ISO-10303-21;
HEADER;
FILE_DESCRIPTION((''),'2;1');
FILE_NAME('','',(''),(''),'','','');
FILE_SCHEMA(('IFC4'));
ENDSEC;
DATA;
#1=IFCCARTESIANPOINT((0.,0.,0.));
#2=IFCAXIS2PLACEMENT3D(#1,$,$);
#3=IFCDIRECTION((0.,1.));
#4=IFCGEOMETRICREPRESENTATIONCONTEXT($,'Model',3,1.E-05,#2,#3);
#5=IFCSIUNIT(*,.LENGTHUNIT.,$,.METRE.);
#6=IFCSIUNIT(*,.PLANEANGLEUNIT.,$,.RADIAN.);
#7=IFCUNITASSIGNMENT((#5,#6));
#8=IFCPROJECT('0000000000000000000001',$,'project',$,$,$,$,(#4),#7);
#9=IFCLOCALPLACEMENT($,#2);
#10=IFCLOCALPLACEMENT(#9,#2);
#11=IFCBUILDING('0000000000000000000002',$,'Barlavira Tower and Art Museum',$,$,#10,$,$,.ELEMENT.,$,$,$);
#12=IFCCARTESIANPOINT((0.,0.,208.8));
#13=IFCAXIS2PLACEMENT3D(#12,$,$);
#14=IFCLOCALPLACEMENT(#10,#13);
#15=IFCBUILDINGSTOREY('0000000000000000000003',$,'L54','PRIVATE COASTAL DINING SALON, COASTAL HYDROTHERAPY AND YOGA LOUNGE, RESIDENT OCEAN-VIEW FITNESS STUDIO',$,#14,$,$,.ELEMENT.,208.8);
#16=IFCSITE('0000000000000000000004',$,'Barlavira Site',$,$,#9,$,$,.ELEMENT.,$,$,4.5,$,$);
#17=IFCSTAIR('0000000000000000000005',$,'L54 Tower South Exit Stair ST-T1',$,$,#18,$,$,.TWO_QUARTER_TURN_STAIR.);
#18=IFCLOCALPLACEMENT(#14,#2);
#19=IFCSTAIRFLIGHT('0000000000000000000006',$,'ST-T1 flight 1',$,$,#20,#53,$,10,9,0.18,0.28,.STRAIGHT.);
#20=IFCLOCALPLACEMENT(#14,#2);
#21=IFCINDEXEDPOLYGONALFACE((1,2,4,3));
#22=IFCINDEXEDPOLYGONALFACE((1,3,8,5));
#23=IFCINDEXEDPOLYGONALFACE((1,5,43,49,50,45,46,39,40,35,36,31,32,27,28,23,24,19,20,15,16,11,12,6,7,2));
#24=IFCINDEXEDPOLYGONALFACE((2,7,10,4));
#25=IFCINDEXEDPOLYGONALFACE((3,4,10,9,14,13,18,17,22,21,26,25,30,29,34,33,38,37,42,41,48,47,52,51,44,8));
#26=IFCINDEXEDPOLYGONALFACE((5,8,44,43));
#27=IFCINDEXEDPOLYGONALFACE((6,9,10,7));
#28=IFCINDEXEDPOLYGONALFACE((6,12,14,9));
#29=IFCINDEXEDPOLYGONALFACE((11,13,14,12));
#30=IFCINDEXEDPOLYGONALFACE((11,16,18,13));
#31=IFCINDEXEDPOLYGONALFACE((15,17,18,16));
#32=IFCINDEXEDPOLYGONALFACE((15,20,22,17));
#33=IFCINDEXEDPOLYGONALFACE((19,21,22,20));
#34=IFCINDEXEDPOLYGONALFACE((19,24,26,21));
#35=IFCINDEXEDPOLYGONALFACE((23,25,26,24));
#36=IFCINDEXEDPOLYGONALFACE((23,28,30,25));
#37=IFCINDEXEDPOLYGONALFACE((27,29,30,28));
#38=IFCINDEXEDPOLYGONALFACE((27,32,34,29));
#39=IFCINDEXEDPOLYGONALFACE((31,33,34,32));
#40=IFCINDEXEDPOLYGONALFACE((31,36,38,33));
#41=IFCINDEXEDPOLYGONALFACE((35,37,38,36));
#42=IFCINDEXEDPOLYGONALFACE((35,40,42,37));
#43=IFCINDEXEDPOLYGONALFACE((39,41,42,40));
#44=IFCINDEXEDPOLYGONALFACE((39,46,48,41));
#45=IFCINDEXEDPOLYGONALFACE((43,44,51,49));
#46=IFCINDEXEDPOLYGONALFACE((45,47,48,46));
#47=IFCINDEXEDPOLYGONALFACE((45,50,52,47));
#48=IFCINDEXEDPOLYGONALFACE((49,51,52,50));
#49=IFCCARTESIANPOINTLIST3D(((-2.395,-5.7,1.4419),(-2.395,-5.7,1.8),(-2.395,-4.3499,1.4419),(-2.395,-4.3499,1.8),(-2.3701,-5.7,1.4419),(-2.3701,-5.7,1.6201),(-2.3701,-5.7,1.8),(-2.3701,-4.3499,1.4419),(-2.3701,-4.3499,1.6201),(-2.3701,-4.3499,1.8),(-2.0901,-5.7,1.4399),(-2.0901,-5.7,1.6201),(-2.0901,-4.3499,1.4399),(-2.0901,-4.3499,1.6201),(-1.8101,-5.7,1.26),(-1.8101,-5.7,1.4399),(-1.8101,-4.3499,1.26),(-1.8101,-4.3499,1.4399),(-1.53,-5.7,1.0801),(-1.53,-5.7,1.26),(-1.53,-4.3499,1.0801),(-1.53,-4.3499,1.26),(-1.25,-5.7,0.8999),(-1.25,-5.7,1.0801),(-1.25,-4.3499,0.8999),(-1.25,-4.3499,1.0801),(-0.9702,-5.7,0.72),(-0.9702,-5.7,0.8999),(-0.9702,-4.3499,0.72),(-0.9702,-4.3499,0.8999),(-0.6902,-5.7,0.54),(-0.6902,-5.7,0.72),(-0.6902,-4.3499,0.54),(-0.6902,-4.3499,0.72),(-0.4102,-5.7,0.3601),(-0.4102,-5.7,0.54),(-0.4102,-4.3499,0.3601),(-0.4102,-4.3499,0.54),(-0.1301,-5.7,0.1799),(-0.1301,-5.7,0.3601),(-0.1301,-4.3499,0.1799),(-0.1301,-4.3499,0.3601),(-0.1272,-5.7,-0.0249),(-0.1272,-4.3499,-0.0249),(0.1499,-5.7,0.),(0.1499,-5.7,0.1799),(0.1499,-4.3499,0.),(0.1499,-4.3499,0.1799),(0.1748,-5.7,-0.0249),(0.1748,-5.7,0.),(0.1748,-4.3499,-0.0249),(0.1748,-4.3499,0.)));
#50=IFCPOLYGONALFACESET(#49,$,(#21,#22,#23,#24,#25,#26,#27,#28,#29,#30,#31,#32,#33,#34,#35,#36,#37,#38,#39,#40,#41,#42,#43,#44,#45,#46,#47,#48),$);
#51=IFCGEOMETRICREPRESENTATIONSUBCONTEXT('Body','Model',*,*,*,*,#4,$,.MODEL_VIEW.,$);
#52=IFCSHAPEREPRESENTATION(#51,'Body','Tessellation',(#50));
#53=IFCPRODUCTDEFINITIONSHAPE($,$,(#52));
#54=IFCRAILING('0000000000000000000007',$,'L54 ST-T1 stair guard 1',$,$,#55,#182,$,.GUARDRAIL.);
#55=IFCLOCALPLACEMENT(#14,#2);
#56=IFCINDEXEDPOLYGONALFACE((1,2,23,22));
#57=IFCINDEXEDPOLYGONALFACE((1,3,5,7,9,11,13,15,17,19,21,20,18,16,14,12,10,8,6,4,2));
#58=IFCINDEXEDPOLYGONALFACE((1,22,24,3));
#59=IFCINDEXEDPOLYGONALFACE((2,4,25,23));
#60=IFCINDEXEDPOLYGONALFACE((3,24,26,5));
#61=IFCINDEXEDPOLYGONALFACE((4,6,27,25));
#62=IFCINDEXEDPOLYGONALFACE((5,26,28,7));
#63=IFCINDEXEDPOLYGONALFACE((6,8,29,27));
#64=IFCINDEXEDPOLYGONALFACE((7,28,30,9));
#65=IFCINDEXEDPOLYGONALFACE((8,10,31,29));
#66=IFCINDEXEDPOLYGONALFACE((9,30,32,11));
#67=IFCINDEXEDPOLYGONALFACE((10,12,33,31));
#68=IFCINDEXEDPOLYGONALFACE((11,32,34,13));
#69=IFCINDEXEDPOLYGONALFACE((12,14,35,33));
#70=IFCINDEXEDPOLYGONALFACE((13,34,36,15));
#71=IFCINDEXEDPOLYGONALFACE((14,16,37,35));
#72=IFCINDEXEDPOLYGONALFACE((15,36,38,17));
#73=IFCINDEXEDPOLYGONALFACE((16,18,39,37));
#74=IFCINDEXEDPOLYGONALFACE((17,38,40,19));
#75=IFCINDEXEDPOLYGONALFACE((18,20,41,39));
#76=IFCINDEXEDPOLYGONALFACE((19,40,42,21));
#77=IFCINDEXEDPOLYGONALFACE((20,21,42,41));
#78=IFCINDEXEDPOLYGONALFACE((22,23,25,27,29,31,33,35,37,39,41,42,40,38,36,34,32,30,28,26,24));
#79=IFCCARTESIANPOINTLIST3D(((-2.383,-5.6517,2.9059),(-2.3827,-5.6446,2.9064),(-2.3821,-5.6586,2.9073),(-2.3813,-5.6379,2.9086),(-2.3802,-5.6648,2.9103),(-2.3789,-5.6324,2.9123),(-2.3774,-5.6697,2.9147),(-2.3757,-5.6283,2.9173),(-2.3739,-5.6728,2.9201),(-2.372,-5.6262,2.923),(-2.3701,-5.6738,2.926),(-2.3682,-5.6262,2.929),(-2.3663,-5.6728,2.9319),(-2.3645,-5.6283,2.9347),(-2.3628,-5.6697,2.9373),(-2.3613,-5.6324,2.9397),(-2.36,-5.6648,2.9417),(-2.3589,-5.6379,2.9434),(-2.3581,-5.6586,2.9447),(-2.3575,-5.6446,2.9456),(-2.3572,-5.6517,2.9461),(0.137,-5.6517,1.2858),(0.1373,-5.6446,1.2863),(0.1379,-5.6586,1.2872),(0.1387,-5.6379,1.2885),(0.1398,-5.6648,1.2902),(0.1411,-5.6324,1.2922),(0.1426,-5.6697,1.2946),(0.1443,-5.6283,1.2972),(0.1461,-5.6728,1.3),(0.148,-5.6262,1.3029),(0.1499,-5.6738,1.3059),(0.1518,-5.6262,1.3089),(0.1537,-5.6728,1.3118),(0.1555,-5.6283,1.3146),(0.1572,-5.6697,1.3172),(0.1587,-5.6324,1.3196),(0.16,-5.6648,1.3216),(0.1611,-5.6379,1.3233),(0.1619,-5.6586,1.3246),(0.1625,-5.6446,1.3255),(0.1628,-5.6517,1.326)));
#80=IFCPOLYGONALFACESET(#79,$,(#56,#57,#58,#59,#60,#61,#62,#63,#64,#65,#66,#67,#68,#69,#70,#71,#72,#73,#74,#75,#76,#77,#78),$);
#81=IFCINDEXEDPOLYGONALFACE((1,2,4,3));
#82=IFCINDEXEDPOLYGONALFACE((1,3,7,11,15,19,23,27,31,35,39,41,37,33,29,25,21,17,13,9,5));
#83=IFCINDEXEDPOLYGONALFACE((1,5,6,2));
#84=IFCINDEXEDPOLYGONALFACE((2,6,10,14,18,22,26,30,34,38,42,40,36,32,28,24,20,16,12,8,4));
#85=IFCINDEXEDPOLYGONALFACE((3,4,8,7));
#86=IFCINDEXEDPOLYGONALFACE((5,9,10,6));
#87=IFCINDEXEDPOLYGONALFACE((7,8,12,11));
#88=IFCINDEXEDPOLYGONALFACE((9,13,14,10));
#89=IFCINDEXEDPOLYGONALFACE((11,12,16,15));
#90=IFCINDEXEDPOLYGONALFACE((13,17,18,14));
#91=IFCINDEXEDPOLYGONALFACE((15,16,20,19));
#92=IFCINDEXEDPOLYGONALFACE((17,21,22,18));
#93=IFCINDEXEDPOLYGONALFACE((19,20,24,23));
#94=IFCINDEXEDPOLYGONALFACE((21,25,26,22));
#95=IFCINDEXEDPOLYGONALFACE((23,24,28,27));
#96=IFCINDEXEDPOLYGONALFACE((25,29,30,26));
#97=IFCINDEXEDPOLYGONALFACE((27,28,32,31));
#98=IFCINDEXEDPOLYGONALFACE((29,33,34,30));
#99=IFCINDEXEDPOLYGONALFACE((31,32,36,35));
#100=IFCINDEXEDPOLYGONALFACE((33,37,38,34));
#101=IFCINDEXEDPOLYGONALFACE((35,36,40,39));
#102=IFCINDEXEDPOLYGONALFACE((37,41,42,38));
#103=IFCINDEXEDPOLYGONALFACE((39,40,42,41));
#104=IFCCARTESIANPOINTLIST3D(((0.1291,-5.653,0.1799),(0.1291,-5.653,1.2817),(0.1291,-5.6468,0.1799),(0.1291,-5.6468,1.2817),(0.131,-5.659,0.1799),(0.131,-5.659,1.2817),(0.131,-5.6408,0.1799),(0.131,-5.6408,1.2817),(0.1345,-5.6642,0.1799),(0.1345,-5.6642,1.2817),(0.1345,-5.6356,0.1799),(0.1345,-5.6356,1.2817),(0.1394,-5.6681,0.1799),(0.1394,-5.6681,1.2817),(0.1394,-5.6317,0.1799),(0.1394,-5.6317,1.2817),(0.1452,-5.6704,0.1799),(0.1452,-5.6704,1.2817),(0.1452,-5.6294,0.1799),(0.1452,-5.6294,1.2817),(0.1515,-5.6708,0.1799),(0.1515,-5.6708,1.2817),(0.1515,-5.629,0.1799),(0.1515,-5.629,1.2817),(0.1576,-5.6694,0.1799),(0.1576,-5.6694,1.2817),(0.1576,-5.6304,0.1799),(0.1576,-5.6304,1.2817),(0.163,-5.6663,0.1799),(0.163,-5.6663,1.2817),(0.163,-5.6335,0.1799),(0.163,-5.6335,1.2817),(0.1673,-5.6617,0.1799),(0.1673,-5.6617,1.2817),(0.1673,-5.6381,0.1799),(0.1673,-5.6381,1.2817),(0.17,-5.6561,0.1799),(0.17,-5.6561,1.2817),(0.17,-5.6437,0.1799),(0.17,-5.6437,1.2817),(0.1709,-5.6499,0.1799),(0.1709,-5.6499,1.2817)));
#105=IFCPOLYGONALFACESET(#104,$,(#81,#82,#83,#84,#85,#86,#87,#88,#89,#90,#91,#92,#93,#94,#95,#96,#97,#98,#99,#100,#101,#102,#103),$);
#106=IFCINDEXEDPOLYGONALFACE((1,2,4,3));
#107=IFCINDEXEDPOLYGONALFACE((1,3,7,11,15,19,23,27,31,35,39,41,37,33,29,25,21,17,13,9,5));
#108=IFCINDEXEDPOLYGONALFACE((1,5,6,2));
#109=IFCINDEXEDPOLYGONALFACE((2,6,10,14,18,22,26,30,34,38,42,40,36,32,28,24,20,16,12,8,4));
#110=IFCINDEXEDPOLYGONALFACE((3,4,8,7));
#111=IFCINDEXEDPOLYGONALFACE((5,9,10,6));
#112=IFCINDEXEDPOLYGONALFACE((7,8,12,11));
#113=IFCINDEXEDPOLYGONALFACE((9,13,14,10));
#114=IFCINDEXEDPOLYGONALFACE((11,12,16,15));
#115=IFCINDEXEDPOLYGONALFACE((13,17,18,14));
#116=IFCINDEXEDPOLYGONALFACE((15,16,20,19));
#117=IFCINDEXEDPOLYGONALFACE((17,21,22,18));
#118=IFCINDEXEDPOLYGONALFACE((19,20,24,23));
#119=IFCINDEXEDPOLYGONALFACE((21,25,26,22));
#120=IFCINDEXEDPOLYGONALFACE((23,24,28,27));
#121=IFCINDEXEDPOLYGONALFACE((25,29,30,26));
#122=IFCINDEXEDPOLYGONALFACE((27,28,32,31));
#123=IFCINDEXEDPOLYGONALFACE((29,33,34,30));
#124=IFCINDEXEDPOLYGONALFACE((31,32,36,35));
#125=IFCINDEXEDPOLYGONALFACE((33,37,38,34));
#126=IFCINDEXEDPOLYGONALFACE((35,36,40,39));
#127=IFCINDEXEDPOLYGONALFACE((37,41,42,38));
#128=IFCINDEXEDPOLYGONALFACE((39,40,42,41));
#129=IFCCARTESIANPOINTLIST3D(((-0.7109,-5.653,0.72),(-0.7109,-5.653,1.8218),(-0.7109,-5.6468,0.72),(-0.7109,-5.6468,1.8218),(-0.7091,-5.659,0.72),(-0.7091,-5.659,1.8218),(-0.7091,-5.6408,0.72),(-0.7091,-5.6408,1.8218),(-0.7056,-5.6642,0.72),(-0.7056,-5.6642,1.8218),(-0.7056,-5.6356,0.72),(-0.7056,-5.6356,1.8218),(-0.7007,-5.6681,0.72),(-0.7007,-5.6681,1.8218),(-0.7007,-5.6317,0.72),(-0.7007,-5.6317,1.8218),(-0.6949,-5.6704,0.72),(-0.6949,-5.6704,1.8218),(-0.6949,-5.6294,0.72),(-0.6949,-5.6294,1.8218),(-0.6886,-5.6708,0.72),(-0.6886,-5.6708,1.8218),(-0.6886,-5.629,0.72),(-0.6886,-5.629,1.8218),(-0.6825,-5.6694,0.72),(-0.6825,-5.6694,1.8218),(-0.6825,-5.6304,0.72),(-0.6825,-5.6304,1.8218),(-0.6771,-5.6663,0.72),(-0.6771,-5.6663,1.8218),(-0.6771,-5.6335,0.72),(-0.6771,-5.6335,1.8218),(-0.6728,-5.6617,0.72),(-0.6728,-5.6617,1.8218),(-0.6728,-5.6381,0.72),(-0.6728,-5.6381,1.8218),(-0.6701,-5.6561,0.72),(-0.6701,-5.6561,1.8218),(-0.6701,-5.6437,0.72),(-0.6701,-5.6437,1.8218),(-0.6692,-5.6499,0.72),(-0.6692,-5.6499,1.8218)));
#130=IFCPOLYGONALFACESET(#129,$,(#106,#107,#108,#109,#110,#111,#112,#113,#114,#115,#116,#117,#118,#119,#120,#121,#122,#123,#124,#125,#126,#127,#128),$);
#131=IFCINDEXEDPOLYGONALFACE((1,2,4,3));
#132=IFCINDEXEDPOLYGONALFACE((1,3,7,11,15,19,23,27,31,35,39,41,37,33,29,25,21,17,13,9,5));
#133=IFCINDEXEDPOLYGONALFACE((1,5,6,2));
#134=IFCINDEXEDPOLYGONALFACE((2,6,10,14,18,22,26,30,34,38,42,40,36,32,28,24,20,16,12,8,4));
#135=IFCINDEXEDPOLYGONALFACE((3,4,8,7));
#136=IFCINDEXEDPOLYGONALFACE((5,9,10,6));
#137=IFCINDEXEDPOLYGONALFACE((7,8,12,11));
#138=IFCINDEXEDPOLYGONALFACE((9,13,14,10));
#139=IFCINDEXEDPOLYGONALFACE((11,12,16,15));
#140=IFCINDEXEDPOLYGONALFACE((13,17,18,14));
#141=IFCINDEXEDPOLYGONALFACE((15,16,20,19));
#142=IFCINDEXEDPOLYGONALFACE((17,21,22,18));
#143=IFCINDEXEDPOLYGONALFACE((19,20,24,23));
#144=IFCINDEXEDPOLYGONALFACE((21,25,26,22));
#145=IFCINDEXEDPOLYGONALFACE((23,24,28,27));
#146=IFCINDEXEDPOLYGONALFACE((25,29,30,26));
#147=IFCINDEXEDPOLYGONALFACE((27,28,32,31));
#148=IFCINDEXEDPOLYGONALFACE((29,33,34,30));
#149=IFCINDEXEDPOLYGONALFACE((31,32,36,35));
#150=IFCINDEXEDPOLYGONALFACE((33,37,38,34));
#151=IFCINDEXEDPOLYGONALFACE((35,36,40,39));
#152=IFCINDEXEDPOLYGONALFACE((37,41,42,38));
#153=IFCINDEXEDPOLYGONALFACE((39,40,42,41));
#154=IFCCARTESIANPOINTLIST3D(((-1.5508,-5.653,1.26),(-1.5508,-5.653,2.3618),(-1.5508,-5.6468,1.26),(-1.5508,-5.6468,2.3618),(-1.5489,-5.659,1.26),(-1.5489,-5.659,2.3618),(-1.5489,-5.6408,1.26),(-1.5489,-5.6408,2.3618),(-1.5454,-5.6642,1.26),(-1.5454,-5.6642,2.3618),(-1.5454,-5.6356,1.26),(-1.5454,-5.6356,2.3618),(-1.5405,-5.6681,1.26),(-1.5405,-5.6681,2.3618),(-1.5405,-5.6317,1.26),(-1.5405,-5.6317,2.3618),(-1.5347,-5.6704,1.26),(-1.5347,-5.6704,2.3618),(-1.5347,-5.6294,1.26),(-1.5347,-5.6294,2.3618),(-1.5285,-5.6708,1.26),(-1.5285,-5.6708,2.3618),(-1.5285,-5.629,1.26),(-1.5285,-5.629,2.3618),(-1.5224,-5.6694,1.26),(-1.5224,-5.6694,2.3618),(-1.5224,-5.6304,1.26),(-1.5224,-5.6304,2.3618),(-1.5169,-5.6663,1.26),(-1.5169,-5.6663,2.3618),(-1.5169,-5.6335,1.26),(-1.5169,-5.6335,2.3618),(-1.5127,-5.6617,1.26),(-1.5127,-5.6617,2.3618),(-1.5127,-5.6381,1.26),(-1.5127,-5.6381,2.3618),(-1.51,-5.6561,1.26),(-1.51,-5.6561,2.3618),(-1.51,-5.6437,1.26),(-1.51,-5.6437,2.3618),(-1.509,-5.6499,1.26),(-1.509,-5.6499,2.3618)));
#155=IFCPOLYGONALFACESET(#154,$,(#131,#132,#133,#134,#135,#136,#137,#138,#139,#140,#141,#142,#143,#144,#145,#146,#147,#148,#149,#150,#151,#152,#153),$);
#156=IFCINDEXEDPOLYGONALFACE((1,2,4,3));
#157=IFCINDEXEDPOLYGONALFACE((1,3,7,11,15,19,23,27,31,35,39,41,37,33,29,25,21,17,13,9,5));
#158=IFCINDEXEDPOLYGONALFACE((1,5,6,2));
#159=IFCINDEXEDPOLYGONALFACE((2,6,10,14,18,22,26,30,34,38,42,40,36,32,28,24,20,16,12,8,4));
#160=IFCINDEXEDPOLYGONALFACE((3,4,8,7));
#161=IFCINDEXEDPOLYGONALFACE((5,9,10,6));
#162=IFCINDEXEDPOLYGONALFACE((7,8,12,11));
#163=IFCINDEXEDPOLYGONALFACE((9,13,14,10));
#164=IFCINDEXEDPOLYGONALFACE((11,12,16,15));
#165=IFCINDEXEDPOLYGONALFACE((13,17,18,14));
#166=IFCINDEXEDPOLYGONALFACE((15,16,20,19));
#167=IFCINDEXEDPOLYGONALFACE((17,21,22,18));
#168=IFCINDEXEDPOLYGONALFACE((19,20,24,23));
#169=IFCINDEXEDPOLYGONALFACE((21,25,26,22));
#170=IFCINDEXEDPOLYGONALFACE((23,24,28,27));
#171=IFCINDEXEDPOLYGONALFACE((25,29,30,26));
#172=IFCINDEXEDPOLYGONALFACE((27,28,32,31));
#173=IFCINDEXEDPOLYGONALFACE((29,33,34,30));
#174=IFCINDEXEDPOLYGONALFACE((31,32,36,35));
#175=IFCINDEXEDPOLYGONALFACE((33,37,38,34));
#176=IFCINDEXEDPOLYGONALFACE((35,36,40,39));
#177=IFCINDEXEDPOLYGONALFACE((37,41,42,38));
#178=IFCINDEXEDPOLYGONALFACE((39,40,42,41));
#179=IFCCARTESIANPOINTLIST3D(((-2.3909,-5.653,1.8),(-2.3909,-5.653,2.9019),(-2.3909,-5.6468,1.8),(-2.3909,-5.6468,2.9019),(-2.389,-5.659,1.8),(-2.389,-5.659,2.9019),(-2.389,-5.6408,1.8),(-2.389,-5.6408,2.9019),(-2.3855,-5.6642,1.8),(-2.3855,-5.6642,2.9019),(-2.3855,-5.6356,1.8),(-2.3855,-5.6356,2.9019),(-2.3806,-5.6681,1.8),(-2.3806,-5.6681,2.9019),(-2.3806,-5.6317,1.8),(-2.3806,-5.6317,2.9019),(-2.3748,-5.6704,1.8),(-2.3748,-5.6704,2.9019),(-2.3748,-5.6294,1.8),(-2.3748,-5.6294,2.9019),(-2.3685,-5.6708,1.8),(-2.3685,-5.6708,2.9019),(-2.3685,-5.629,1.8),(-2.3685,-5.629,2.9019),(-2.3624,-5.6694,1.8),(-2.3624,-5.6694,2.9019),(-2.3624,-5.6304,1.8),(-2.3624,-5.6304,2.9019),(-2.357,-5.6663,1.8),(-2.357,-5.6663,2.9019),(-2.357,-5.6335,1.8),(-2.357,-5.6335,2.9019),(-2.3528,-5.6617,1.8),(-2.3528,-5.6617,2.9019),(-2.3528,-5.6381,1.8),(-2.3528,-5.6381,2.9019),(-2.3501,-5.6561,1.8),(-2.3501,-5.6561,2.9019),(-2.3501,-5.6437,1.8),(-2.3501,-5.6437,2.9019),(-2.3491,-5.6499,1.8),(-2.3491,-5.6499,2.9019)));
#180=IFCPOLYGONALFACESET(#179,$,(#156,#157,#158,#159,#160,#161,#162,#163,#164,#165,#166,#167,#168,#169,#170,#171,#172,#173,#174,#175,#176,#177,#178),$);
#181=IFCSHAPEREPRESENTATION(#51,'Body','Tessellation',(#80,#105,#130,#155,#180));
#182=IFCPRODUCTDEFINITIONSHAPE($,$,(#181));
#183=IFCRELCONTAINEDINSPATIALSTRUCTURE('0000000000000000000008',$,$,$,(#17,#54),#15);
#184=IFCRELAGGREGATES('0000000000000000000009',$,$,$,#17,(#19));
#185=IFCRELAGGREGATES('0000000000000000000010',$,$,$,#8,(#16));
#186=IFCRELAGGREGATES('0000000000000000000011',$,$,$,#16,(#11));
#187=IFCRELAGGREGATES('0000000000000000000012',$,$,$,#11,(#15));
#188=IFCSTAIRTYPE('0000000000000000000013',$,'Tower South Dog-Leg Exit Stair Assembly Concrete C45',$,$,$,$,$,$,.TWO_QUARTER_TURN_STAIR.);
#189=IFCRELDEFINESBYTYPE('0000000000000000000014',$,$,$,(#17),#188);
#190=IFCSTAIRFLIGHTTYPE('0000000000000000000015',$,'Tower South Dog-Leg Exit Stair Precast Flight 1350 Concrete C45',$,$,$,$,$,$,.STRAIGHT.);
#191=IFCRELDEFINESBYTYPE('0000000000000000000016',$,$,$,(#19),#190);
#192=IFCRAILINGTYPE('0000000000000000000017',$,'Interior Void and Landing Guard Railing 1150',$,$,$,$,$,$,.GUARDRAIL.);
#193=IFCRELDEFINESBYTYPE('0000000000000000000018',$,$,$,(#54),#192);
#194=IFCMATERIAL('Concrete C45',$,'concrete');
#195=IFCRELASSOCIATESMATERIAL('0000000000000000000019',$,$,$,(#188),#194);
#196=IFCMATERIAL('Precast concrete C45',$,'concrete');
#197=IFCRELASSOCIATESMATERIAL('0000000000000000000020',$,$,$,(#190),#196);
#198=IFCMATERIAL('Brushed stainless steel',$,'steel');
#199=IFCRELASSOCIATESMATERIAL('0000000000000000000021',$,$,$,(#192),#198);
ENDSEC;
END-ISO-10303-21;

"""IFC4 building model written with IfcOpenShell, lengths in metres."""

from ifc_helpers import new_model, si_unit, direction, frame, origin, origin_2d, place, context, subcontext, project, spatial, polyline, circle, outline, extrude, material, type_object, element, aggregate, save


model = new_model("IFC4")

# Units and contexts
model_context = context("Model", 3, precision=1e-05, world=origin(), true_north=direction((0.0, 1.0)))
body_context = subcontext(model_context, "Body", "Model", "MODEL_VIEW")
ifc_project = project(units=[si_unit("LENGTHUNIT", "METRE"), si_unit("PLANEANGLEUNIT", "RADIAN")], contexts=[model_context])

# Site, building, storey
site_placement = place(None, origin())
site = spatial("IfcSite", under=ifc_project, at=site_placement, Name="Barlavira Site", CompositionType="ELEMENT", RefElevation=4.5)
building_placement = place(site_placement, origin())
building = spatial("IfcBuilding", under=site, at=building_placement, Name="Barlavira Tower and Art Museum", CompositionType="ELEMENT")
storey_placement = place(building_placement, frame((0.0, 0.0, 208.8)))
storey = spatial("IfcBuildingStorey", under=building, at=storey_placement, Name="L54", Description="PRIVATE COASTAL DINING SALON, COASTAL HYDROTHERAPY AND YOGA LOUNGE, RESIDENT OCEAN-VIEW FITNESS STUDIO", CompositionType="ELEMENT", Elevation=208.8)

# Shared definitions
ifc_material_1 = material(Name="Brushed stainless steel", Category="steel")

# Stair, stair flight
ifc_material_2 = material(Name="Concrete C45", Category="concrete")
stair_type = type_object("IfcStairType", Name="Tower South Dog-Leg Exit Stair Assembly Concrete C45", PredefinedType="TWO_QUARTER_TURN_STAIR", material=ifc_material_2)
stair_placement = place(storey_placement, origin())
stair = element("IfcStair", 1, at=stair_placement, inside=storey, type_object=stair_type, Name="L54 Tower South Exit Stair ST-T1", PredefinedType="TWO_QUARTER_TURN_STAIR")
ifc_material_3 = material(Name="Precast concrete C45", Category="concrete")
stair_flight_type = type_object("IfcStairFlightType", Name="Tower South Dog-Leg Exit Stair Precast Flight 1350 Concrete C45", PredefinedType="STRAIGHT", material=ifc_material_3)
stair_flight_placement = place(storey_placement, frame((0.1499, -5.0249, 0.0), z_axis=(0.0, 0.0, 1.0), x_axis=(-1.0, 0.0, 0.0)))
stair_flight = element("IfcStairFlight", 2, at=stair_flight_placement, type_object=stair_flight_type, Name="ST-T1 flight 1", NumberOfRisers=10, NumberOfTreads=9, PredefinedType="STRAIGHT", RiserHeight=0.18, TreadLength=0.28, context=body_context, shape_type="SweptSolid", body=[
    extrude(outline(polyline([(-0.0249, 0.0), (0.0, 0.0), (0.0, 0.1799), (0.28, 0.1799), (0.28, 0.3601), (0.5601, 0.3601), (0.5601, 0.54), (0.8401, 0.54), (0.8401, 0.72), (1.1201, 0.72), (1.1201, 0.8999), (1.3999, 0.8999), (1.3999, 1.0801), (1.6799, 1.0801), (1.6799, 1.26), (1.96, 1.26), (1.96, 1.4399), (2.24, 1.4399), (2.24, 1.6201), (2.52, 1.6201), (2.52, 1.8), (2.5449, 1.8), (2.5449, 1.4419), (2.52, 1.4419), (0.2771, -0.0249), (-0.0249, -0.0249), (-0.0249, 0.0)])), frame((0.0, 0.675, 0.0), z_axis=(0.0, -1.0, 0.0), x_axis=(1.0, 0.0, 0.0)), (0.0, 0.0, 1.0), 1.3501),
])
aggregate(stair, [stair_flight])

# Railing
railing_type_1 = type_object("IfcRailingType", Name="Interior Void and Landing Guard Railing 1150", PredefinedType="GUARDRAIL", material=ifc_material_1)
railing_1_placement = place(storey_placement, frame((0.1499, -5.6499, 0.1799)))
element("IfcRailing", 3, at=railing_1_placement, inside=storey, type_object=railing_type_1, Name="L54 ST-T1 stair guard 1", PredefinedType="GUARDRAIL", context=body_context, shape_type="SweptSolid", body=[
    extrude(circle(Radius=0.0239, at=origin_2d()), frame((0.0, 0.0, 1.126), z_axis=(-0.841163, 0.0, 0.540782), x_axis=(0.0, -1.0, 0.0)), (0.0, 0.0, 1.0), 2.9958),
    extrude(circle(Radius=0.021, at=origin_2d()), origin(), (0.0, 0.0, 1.0), 1.1018),
    extrude(circle(Radius=0.021, at=origin_2d()), frame((-0.8401, 0.0, 0.54)), (0.0, 0.0, 1.0), 1.1018),
    extrude(circle(Radius=0.021, at=origin_2d()), frame((-1.6799, 0.0, 1.0801)), (0.0, 0.0, 1.0), 1.1018),
    extrude(circle(Radius=0.021, at=origin_2d()), frame((-2.52, 0.0, 1.6201)), (0.0, 0.0, 1.0), 1.1018),
])

save(model, "model.ifc")
